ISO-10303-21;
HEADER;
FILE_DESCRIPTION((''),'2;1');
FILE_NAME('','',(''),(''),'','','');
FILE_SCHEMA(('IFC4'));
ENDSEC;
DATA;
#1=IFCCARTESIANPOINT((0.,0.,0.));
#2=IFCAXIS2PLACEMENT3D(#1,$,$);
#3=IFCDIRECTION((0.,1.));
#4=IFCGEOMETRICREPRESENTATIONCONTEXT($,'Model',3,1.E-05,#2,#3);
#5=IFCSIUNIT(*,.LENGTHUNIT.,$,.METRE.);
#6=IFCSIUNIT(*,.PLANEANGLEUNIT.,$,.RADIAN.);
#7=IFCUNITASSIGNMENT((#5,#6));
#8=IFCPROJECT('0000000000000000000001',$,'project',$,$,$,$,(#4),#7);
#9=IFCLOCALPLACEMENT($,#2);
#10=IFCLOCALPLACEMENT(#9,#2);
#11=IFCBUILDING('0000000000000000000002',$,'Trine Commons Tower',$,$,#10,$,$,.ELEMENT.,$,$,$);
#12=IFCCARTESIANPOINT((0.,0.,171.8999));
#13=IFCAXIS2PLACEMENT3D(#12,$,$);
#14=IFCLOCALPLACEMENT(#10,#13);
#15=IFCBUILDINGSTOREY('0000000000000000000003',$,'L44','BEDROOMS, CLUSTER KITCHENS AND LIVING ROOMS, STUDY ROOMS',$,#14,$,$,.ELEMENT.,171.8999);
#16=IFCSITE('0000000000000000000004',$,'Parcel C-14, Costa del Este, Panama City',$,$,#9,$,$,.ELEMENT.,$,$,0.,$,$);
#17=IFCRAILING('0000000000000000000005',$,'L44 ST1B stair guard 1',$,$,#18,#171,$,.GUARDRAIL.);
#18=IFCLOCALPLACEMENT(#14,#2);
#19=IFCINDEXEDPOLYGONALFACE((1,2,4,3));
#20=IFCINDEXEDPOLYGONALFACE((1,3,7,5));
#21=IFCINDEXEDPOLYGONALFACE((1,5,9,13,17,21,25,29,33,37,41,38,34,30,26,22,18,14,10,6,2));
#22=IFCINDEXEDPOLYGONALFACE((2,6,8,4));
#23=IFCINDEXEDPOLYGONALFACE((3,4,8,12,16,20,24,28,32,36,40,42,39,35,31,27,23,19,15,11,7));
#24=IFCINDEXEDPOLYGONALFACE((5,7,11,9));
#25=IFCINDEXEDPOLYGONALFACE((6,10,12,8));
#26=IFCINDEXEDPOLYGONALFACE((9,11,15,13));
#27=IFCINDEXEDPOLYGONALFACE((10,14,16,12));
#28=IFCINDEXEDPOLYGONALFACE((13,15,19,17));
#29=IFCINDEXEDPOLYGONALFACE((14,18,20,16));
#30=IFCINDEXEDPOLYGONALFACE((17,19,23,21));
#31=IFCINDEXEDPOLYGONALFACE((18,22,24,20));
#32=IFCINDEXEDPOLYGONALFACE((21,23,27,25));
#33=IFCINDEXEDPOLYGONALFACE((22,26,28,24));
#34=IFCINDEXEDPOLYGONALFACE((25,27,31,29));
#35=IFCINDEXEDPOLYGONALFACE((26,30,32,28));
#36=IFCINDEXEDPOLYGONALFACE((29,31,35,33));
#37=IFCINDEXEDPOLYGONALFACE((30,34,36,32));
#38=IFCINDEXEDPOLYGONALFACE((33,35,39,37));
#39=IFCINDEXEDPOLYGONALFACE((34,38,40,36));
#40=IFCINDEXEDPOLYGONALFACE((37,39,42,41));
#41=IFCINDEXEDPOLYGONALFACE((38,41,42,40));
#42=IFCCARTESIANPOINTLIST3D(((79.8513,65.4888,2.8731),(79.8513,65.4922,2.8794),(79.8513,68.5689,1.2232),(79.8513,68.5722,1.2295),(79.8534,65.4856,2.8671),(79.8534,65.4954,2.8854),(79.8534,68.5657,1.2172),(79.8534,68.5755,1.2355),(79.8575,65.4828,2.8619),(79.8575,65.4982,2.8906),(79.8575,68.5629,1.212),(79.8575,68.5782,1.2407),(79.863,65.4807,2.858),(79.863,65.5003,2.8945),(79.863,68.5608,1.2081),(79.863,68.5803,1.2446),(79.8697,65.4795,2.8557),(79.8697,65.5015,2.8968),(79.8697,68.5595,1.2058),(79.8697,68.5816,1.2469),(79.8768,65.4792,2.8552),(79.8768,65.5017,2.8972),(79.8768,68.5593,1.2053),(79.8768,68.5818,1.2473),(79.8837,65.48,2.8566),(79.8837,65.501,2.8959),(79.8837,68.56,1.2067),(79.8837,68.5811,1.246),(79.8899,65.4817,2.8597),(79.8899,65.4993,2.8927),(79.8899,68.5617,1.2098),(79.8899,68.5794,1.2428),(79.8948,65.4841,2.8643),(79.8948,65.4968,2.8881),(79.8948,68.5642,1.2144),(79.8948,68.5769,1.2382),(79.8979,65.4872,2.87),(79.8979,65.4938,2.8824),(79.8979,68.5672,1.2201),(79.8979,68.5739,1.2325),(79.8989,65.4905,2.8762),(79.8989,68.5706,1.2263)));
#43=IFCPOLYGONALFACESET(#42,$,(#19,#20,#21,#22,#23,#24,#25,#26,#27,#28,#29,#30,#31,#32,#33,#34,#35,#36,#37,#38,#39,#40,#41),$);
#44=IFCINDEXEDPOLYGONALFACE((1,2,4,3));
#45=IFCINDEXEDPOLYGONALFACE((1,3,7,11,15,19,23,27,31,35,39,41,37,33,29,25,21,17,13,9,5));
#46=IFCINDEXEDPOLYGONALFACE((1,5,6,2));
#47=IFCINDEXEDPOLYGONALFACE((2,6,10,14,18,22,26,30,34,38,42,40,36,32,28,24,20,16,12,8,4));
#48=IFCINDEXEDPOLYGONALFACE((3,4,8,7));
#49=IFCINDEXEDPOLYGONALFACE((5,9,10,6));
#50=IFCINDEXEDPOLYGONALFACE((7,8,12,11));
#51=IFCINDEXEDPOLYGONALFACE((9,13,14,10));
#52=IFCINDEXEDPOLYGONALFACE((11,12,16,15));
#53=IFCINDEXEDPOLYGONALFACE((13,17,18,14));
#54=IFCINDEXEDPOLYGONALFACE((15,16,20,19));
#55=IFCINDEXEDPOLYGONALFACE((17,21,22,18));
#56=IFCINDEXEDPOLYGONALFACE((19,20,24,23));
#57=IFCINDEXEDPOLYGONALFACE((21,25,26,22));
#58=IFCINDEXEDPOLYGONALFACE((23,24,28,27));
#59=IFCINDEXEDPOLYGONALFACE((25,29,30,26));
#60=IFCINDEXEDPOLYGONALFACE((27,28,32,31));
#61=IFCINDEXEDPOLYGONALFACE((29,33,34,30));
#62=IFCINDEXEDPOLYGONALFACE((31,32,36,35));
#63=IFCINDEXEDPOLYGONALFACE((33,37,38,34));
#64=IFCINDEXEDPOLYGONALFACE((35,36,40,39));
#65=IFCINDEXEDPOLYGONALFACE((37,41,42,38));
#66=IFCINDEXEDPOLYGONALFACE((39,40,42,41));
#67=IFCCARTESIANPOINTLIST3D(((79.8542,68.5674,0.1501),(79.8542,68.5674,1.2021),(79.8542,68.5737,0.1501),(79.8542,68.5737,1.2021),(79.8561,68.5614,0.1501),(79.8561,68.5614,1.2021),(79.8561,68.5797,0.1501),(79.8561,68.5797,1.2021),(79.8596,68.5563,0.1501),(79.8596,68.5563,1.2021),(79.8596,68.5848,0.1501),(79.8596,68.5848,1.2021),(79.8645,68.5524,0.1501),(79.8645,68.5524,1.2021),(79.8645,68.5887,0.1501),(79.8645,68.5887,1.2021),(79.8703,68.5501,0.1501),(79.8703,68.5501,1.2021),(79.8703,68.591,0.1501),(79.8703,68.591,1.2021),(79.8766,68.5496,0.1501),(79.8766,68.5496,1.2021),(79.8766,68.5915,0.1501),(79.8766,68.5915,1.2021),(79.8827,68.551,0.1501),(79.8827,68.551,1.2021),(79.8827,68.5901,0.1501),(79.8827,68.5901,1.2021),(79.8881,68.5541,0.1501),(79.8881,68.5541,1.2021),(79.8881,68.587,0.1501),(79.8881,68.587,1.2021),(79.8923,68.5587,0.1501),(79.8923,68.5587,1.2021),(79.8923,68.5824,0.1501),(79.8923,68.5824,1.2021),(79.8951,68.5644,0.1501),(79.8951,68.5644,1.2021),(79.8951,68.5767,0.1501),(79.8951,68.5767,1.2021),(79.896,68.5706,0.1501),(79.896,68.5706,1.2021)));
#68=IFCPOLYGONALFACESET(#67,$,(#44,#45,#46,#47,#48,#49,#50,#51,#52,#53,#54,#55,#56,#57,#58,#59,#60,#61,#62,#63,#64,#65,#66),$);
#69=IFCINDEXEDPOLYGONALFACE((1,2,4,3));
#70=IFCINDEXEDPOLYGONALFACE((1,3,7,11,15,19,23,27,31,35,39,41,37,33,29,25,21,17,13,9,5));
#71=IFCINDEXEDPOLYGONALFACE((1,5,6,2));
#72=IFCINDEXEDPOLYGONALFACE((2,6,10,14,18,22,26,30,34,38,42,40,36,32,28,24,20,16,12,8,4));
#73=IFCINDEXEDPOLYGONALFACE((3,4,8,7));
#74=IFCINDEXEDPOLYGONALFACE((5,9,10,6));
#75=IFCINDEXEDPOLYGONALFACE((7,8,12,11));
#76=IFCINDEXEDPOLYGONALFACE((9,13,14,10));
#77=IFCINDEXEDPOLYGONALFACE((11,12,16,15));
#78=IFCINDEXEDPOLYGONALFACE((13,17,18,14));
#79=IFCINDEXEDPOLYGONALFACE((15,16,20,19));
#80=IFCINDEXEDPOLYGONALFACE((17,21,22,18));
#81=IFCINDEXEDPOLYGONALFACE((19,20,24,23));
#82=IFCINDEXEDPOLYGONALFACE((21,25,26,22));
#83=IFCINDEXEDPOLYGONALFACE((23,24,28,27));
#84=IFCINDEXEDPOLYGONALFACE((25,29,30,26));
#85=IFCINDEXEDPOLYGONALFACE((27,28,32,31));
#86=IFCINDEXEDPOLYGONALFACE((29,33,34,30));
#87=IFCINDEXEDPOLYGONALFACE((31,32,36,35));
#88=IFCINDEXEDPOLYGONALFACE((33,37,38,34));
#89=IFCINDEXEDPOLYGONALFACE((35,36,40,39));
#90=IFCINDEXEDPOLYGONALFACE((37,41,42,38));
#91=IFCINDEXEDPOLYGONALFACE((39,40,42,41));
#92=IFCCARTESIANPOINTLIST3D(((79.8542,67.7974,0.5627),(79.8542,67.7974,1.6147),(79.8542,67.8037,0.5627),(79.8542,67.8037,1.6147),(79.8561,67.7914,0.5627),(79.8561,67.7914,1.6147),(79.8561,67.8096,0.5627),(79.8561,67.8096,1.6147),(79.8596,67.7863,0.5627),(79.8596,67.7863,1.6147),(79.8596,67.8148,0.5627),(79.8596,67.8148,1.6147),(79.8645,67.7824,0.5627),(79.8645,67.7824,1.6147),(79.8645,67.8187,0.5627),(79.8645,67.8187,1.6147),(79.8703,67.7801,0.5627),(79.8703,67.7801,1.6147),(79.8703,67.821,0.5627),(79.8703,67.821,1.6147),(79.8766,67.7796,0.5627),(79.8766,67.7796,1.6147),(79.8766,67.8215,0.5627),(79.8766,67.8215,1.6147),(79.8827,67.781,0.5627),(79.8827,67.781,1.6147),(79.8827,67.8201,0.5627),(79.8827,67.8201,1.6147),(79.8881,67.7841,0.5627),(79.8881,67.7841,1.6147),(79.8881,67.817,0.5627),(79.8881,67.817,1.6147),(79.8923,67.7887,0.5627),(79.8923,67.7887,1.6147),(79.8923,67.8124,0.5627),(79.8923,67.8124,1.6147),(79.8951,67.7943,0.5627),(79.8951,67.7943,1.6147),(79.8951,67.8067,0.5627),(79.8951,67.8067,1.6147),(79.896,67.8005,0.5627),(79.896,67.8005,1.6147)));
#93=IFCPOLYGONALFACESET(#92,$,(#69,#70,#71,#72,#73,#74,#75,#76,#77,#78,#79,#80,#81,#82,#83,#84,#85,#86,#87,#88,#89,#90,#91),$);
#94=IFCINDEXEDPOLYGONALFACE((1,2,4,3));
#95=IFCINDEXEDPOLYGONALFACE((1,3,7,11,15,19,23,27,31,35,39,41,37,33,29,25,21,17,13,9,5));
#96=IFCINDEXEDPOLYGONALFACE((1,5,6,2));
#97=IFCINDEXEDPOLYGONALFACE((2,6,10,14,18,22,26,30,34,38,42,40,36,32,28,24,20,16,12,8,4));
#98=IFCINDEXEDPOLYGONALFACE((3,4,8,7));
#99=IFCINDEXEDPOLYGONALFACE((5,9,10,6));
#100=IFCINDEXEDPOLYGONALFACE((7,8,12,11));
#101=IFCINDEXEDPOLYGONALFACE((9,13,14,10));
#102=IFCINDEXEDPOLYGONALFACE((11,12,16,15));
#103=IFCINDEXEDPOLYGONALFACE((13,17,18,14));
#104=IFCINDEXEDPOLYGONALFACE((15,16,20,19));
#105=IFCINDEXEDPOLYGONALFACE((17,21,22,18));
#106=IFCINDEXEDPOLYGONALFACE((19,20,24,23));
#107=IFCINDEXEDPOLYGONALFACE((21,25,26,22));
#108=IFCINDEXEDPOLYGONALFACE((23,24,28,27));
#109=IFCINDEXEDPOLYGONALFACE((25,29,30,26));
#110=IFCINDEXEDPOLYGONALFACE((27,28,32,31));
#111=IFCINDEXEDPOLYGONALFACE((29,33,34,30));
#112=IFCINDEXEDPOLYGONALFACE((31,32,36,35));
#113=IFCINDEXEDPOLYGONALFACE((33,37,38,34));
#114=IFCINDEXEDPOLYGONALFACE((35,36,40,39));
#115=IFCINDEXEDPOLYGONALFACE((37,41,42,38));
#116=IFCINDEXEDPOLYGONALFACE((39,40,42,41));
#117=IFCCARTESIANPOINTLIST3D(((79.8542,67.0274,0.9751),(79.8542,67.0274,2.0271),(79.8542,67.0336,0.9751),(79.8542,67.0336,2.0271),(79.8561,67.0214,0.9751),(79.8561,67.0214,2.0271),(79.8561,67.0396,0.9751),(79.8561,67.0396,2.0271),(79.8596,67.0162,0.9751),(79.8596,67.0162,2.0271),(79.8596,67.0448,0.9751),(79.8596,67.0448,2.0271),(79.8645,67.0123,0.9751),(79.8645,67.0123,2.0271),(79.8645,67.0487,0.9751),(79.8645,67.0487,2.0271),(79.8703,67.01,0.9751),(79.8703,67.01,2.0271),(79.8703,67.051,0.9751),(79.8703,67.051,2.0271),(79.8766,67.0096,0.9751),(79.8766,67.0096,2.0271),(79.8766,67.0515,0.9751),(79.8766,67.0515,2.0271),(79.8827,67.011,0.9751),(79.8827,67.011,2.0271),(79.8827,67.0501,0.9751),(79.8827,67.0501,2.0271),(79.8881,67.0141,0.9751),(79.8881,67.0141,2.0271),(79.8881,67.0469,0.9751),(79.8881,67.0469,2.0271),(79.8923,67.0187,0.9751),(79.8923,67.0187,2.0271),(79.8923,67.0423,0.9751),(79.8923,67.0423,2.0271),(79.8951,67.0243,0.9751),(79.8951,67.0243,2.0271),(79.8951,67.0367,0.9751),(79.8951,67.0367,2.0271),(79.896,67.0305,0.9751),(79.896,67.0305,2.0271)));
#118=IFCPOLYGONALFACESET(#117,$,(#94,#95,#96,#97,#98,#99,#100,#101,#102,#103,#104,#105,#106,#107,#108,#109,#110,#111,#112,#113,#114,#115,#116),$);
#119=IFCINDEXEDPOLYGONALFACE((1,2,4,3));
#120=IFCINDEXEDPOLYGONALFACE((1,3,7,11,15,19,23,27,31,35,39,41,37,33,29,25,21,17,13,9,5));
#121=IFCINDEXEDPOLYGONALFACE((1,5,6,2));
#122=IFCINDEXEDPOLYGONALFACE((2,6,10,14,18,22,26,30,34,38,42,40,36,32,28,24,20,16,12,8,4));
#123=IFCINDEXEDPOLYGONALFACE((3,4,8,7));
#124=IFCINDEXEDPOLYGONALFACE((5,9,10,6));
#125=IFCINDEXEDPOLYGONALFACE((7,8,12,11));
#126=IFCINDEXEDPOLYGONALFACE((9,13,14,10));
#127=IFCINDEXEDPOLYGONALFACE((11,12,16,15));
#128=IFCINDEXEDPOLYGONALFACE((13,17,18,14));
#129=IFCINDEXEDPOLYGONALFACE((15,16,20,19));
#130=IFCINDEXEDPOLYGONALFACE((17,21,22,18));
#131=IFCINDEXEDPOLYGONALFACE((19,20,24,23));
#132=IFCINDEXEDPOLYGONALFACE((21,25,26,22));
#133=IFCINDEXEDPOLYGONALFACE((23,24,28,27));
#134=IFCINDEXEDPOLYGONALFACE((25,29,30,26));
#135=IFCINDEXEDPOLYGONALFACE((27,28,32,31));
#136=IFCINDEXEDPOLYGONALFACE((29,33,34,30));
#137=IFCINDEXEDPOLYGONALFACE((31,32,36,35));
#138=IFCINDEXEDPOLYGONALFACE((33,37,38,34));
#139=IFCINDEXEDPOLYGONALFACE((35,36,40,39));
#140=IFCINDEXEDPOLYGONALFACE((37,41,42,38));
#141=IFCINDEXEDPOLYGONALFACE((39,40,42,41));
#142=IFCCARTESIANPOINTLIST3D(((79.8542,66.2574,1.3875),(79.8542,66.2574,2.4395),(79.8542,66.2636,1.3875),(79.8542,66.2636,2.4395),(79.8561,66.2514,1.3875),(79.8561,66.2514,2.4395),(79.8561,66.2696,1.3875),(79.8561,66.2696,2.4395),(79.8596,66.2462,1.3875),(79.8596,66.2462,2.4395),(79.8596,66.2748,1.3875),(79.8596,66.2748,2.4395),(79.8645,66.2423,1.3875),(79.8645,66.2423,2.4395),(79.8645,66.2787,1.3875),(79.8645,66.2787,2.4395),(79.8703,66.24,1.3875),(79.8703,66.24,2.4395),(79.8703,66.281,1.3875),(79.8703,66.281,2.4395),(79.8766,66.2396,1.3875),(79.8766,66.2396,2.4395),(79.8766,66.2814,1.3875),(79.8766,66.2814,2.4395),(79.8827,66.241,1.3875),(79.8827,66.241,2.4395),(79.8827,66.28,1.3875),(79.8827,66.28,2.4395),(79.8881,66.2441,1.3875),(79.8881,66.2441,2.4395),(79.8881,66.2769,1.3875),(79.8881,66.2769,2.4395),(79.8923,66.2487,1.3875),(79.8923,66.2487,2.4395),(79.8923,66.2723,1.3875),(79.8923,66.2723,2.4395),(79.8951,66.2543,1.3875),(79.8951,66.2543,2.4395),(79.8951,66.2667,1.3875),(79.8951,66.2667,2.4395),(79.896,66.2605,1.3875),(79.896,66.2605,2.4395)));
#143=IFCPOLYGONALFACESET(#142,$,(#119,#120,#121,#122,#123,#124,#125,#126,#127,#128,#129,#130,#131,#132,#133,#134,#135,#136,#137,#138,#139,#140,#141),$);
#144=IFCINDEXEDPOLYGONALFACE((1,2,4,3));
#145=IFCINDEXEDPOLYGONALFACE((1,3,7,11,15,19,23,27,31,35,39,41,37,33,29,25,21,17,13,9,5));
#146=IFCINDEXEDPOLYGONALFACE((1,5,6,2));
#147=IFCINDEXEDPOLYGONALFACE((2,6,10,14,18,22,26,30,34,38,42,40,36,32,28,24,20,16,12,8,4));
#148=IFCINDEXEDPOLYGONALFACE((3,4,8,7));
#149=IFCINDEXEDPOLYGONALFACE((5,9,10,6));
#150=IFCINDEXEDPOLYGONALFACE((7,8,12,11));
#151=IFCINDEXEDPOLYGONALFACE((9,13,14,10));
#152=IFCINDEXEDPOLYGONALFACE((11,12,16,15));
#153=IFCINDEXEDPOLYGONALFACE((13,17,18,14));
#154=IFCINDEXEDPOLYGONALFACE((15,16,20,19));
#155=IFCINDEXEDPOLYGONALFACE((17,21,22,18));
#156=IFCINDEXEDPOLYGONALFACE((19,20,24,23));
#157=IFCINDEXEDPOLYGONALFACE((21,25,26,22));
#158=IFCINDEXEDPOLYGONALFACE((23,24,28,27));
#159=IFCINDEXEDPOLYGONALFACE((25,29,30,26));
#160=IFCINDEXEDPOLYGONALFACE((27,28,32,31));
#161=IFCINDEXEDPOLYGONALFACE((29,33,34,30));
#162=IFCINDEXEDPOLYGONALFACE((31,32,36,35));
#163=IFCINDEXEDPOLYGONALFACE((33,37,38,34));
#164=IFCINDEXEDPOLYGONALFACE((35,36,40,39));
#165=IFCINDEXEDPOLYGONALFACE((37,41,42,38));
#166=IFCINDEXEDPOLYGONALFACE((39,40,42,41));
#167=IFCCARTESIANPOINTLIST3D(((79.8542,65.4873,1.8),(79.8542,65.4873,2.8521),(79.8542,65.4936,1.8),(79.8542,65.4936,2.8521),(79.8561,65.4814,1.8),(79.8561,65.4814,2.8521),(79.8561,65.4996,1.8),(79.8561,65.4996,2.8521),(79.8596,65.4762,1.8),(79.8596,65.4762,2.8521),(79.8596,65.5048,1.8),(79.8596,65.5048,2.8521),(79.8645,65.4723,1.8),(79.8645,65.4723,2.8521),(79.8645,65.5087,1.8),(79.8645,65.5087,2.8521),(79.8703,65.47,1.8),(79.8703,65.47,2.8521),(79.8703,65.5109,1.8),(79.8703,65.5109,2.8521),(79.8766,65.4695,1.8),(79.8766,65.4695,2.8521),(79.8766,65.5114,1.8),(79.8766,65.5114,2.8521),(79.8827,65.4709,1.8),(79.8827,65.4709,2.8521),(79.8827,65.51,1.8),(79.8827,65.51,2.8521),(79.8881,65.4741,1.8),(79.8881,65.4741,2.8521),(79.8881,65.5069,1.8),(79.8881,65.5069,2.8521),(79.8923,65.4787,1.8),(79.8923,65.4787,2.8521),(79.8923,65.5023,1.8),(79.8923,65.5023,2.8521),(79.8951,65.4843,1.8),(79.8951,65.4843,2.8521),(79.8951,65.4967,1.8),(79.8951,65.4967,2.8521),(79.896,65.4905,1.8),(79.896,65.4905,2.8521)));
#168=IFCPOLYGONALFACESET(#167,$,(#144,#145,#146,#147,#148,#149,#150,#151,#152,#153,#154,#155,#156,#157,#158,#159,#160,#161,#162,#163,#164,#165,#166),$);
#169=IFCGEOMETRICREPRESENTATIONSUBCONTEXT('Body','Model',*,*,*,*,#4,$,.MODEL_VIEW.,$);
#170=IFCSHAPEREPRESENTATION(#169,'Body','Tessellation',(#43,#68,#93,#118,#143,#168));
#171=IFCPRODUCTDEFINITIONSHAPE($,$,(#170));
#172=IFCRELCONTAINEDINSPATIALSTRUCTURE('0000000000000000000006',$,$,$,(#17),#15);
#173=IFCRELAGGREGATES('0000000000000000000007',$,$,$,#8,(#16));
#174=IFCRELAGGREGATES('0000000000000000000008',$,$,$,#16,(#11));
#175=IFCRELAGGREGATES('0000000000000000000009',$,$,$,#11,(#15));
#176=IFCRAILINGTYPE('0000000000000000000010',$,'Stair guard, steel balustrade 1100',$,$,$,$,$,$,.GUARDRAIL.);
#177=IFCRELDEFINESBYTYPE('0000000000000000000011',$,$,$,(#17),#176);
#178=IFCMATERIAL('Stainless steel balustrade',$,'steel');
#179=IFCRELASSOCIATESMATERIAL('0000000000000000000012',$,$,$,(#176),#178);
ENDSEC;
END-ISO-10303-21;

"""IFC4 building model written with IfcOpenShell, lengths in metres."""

from ifc_helpers import new_model, si_unit, direction, frame, origin, origin_2d, place, context, subcontext, project, spatial, circle, extrude, material, type_object, element, save


model = new_model("IFC4")

# Units and contexts
model_context = context("Model", 3, precision=1e-05, world=origin(), true_north=direction((0.0, 1.0)))
body_context = subcontext(model_context, "Body", "Model", "MODEL_VIEW")
ifc_project = project(units=[si_unit("LENGTHUNIT", "METRE"), si_unit("PLANEANGLEUNIT", "RADIAN")], contexts=[model_context])

# Site, building, storey
site_placement = place(None, origin())
site = spatial("IfcSite", under=ifc_project, at=site_placement, Name="Parcel C-14, Costa del Este, Panama City", CompositionType="ELEMENT", RefElevation=0.0)
building_placement = place(site_placement, origin())
building = spatial("IfcBuilding", under=site, at=building_placement, Name="Trine Commons Tower", CompositionType="ELEMENT")
storey_placement = place(building_placement, frame((0.0, 0.0, 171.8999)))
storey = spatial("IfcBuildingStorey", under=building, at=storey_placement, Name="L44", Description="BEDROOMS, CLUSTER KITCHENS AND LIVING ROOMS, STUDY ROOMS", CompositionType="ELEMENT", Elevation=171.8999)

# Railing
ifc_material_1 = material(Name="Stainless steel balustrade", Category="steel")
railing_type_1 = type_object("IfcRailingType", Name="Stair guard, steel balustrade 1100", PredefinedType="GUARDRAIL", material=ifc_material_1)
railing_1_placement = place(storey_placement, frame((79.875, 68.5706, 0.1501)))
element("IfcRailing", 1, at=railing_1_placement, inside=storey, type_object=railing_type_1, Name="L44 ST1B stair guard 1", PredefinedType="GUARDRAIL", context=body_context, shape_type="SweptSolid", body=[
    extrude(circle(Radius=0.0239, at=origin_2d()), frame((0.0, 0.0, 1.0762), z_axis=(0.0, -0.881497, 0.47219), x_axis=(1.0, 0.0, 0.0)), (0.0, 0.0, 1.0), 3.4941),
    extrude(circle(Radius=0.021, at=origin_2d()), origin(), (0.0, 0.0, 1.0), 1.052),
    extrude(circle(Radius=0.021, at=origin_2d()), frame((0.0, -0.77, 0.4126)), (0.0, 0.0, 1.0), 1.052),
    extrude(circle(Radius=0.021, at=origin_2d()), frame((0.0, -1.54, 0.825)), (0.0, 0.0, 1.0), 1.052),
    extrude(circle(Radius=0.021, at=origin_2d()), frame((0.0, -2.3101, 1.2373)), (0.0, 0.0, 1.0), 1.052),
    extrude(circle(Radius=0.021, at=origin_2d()), frame((0.0, -3.0801, 1.6499)), (0.0, 0.0, 1.0), 1.052),
])

save(model, "model.ifc")
